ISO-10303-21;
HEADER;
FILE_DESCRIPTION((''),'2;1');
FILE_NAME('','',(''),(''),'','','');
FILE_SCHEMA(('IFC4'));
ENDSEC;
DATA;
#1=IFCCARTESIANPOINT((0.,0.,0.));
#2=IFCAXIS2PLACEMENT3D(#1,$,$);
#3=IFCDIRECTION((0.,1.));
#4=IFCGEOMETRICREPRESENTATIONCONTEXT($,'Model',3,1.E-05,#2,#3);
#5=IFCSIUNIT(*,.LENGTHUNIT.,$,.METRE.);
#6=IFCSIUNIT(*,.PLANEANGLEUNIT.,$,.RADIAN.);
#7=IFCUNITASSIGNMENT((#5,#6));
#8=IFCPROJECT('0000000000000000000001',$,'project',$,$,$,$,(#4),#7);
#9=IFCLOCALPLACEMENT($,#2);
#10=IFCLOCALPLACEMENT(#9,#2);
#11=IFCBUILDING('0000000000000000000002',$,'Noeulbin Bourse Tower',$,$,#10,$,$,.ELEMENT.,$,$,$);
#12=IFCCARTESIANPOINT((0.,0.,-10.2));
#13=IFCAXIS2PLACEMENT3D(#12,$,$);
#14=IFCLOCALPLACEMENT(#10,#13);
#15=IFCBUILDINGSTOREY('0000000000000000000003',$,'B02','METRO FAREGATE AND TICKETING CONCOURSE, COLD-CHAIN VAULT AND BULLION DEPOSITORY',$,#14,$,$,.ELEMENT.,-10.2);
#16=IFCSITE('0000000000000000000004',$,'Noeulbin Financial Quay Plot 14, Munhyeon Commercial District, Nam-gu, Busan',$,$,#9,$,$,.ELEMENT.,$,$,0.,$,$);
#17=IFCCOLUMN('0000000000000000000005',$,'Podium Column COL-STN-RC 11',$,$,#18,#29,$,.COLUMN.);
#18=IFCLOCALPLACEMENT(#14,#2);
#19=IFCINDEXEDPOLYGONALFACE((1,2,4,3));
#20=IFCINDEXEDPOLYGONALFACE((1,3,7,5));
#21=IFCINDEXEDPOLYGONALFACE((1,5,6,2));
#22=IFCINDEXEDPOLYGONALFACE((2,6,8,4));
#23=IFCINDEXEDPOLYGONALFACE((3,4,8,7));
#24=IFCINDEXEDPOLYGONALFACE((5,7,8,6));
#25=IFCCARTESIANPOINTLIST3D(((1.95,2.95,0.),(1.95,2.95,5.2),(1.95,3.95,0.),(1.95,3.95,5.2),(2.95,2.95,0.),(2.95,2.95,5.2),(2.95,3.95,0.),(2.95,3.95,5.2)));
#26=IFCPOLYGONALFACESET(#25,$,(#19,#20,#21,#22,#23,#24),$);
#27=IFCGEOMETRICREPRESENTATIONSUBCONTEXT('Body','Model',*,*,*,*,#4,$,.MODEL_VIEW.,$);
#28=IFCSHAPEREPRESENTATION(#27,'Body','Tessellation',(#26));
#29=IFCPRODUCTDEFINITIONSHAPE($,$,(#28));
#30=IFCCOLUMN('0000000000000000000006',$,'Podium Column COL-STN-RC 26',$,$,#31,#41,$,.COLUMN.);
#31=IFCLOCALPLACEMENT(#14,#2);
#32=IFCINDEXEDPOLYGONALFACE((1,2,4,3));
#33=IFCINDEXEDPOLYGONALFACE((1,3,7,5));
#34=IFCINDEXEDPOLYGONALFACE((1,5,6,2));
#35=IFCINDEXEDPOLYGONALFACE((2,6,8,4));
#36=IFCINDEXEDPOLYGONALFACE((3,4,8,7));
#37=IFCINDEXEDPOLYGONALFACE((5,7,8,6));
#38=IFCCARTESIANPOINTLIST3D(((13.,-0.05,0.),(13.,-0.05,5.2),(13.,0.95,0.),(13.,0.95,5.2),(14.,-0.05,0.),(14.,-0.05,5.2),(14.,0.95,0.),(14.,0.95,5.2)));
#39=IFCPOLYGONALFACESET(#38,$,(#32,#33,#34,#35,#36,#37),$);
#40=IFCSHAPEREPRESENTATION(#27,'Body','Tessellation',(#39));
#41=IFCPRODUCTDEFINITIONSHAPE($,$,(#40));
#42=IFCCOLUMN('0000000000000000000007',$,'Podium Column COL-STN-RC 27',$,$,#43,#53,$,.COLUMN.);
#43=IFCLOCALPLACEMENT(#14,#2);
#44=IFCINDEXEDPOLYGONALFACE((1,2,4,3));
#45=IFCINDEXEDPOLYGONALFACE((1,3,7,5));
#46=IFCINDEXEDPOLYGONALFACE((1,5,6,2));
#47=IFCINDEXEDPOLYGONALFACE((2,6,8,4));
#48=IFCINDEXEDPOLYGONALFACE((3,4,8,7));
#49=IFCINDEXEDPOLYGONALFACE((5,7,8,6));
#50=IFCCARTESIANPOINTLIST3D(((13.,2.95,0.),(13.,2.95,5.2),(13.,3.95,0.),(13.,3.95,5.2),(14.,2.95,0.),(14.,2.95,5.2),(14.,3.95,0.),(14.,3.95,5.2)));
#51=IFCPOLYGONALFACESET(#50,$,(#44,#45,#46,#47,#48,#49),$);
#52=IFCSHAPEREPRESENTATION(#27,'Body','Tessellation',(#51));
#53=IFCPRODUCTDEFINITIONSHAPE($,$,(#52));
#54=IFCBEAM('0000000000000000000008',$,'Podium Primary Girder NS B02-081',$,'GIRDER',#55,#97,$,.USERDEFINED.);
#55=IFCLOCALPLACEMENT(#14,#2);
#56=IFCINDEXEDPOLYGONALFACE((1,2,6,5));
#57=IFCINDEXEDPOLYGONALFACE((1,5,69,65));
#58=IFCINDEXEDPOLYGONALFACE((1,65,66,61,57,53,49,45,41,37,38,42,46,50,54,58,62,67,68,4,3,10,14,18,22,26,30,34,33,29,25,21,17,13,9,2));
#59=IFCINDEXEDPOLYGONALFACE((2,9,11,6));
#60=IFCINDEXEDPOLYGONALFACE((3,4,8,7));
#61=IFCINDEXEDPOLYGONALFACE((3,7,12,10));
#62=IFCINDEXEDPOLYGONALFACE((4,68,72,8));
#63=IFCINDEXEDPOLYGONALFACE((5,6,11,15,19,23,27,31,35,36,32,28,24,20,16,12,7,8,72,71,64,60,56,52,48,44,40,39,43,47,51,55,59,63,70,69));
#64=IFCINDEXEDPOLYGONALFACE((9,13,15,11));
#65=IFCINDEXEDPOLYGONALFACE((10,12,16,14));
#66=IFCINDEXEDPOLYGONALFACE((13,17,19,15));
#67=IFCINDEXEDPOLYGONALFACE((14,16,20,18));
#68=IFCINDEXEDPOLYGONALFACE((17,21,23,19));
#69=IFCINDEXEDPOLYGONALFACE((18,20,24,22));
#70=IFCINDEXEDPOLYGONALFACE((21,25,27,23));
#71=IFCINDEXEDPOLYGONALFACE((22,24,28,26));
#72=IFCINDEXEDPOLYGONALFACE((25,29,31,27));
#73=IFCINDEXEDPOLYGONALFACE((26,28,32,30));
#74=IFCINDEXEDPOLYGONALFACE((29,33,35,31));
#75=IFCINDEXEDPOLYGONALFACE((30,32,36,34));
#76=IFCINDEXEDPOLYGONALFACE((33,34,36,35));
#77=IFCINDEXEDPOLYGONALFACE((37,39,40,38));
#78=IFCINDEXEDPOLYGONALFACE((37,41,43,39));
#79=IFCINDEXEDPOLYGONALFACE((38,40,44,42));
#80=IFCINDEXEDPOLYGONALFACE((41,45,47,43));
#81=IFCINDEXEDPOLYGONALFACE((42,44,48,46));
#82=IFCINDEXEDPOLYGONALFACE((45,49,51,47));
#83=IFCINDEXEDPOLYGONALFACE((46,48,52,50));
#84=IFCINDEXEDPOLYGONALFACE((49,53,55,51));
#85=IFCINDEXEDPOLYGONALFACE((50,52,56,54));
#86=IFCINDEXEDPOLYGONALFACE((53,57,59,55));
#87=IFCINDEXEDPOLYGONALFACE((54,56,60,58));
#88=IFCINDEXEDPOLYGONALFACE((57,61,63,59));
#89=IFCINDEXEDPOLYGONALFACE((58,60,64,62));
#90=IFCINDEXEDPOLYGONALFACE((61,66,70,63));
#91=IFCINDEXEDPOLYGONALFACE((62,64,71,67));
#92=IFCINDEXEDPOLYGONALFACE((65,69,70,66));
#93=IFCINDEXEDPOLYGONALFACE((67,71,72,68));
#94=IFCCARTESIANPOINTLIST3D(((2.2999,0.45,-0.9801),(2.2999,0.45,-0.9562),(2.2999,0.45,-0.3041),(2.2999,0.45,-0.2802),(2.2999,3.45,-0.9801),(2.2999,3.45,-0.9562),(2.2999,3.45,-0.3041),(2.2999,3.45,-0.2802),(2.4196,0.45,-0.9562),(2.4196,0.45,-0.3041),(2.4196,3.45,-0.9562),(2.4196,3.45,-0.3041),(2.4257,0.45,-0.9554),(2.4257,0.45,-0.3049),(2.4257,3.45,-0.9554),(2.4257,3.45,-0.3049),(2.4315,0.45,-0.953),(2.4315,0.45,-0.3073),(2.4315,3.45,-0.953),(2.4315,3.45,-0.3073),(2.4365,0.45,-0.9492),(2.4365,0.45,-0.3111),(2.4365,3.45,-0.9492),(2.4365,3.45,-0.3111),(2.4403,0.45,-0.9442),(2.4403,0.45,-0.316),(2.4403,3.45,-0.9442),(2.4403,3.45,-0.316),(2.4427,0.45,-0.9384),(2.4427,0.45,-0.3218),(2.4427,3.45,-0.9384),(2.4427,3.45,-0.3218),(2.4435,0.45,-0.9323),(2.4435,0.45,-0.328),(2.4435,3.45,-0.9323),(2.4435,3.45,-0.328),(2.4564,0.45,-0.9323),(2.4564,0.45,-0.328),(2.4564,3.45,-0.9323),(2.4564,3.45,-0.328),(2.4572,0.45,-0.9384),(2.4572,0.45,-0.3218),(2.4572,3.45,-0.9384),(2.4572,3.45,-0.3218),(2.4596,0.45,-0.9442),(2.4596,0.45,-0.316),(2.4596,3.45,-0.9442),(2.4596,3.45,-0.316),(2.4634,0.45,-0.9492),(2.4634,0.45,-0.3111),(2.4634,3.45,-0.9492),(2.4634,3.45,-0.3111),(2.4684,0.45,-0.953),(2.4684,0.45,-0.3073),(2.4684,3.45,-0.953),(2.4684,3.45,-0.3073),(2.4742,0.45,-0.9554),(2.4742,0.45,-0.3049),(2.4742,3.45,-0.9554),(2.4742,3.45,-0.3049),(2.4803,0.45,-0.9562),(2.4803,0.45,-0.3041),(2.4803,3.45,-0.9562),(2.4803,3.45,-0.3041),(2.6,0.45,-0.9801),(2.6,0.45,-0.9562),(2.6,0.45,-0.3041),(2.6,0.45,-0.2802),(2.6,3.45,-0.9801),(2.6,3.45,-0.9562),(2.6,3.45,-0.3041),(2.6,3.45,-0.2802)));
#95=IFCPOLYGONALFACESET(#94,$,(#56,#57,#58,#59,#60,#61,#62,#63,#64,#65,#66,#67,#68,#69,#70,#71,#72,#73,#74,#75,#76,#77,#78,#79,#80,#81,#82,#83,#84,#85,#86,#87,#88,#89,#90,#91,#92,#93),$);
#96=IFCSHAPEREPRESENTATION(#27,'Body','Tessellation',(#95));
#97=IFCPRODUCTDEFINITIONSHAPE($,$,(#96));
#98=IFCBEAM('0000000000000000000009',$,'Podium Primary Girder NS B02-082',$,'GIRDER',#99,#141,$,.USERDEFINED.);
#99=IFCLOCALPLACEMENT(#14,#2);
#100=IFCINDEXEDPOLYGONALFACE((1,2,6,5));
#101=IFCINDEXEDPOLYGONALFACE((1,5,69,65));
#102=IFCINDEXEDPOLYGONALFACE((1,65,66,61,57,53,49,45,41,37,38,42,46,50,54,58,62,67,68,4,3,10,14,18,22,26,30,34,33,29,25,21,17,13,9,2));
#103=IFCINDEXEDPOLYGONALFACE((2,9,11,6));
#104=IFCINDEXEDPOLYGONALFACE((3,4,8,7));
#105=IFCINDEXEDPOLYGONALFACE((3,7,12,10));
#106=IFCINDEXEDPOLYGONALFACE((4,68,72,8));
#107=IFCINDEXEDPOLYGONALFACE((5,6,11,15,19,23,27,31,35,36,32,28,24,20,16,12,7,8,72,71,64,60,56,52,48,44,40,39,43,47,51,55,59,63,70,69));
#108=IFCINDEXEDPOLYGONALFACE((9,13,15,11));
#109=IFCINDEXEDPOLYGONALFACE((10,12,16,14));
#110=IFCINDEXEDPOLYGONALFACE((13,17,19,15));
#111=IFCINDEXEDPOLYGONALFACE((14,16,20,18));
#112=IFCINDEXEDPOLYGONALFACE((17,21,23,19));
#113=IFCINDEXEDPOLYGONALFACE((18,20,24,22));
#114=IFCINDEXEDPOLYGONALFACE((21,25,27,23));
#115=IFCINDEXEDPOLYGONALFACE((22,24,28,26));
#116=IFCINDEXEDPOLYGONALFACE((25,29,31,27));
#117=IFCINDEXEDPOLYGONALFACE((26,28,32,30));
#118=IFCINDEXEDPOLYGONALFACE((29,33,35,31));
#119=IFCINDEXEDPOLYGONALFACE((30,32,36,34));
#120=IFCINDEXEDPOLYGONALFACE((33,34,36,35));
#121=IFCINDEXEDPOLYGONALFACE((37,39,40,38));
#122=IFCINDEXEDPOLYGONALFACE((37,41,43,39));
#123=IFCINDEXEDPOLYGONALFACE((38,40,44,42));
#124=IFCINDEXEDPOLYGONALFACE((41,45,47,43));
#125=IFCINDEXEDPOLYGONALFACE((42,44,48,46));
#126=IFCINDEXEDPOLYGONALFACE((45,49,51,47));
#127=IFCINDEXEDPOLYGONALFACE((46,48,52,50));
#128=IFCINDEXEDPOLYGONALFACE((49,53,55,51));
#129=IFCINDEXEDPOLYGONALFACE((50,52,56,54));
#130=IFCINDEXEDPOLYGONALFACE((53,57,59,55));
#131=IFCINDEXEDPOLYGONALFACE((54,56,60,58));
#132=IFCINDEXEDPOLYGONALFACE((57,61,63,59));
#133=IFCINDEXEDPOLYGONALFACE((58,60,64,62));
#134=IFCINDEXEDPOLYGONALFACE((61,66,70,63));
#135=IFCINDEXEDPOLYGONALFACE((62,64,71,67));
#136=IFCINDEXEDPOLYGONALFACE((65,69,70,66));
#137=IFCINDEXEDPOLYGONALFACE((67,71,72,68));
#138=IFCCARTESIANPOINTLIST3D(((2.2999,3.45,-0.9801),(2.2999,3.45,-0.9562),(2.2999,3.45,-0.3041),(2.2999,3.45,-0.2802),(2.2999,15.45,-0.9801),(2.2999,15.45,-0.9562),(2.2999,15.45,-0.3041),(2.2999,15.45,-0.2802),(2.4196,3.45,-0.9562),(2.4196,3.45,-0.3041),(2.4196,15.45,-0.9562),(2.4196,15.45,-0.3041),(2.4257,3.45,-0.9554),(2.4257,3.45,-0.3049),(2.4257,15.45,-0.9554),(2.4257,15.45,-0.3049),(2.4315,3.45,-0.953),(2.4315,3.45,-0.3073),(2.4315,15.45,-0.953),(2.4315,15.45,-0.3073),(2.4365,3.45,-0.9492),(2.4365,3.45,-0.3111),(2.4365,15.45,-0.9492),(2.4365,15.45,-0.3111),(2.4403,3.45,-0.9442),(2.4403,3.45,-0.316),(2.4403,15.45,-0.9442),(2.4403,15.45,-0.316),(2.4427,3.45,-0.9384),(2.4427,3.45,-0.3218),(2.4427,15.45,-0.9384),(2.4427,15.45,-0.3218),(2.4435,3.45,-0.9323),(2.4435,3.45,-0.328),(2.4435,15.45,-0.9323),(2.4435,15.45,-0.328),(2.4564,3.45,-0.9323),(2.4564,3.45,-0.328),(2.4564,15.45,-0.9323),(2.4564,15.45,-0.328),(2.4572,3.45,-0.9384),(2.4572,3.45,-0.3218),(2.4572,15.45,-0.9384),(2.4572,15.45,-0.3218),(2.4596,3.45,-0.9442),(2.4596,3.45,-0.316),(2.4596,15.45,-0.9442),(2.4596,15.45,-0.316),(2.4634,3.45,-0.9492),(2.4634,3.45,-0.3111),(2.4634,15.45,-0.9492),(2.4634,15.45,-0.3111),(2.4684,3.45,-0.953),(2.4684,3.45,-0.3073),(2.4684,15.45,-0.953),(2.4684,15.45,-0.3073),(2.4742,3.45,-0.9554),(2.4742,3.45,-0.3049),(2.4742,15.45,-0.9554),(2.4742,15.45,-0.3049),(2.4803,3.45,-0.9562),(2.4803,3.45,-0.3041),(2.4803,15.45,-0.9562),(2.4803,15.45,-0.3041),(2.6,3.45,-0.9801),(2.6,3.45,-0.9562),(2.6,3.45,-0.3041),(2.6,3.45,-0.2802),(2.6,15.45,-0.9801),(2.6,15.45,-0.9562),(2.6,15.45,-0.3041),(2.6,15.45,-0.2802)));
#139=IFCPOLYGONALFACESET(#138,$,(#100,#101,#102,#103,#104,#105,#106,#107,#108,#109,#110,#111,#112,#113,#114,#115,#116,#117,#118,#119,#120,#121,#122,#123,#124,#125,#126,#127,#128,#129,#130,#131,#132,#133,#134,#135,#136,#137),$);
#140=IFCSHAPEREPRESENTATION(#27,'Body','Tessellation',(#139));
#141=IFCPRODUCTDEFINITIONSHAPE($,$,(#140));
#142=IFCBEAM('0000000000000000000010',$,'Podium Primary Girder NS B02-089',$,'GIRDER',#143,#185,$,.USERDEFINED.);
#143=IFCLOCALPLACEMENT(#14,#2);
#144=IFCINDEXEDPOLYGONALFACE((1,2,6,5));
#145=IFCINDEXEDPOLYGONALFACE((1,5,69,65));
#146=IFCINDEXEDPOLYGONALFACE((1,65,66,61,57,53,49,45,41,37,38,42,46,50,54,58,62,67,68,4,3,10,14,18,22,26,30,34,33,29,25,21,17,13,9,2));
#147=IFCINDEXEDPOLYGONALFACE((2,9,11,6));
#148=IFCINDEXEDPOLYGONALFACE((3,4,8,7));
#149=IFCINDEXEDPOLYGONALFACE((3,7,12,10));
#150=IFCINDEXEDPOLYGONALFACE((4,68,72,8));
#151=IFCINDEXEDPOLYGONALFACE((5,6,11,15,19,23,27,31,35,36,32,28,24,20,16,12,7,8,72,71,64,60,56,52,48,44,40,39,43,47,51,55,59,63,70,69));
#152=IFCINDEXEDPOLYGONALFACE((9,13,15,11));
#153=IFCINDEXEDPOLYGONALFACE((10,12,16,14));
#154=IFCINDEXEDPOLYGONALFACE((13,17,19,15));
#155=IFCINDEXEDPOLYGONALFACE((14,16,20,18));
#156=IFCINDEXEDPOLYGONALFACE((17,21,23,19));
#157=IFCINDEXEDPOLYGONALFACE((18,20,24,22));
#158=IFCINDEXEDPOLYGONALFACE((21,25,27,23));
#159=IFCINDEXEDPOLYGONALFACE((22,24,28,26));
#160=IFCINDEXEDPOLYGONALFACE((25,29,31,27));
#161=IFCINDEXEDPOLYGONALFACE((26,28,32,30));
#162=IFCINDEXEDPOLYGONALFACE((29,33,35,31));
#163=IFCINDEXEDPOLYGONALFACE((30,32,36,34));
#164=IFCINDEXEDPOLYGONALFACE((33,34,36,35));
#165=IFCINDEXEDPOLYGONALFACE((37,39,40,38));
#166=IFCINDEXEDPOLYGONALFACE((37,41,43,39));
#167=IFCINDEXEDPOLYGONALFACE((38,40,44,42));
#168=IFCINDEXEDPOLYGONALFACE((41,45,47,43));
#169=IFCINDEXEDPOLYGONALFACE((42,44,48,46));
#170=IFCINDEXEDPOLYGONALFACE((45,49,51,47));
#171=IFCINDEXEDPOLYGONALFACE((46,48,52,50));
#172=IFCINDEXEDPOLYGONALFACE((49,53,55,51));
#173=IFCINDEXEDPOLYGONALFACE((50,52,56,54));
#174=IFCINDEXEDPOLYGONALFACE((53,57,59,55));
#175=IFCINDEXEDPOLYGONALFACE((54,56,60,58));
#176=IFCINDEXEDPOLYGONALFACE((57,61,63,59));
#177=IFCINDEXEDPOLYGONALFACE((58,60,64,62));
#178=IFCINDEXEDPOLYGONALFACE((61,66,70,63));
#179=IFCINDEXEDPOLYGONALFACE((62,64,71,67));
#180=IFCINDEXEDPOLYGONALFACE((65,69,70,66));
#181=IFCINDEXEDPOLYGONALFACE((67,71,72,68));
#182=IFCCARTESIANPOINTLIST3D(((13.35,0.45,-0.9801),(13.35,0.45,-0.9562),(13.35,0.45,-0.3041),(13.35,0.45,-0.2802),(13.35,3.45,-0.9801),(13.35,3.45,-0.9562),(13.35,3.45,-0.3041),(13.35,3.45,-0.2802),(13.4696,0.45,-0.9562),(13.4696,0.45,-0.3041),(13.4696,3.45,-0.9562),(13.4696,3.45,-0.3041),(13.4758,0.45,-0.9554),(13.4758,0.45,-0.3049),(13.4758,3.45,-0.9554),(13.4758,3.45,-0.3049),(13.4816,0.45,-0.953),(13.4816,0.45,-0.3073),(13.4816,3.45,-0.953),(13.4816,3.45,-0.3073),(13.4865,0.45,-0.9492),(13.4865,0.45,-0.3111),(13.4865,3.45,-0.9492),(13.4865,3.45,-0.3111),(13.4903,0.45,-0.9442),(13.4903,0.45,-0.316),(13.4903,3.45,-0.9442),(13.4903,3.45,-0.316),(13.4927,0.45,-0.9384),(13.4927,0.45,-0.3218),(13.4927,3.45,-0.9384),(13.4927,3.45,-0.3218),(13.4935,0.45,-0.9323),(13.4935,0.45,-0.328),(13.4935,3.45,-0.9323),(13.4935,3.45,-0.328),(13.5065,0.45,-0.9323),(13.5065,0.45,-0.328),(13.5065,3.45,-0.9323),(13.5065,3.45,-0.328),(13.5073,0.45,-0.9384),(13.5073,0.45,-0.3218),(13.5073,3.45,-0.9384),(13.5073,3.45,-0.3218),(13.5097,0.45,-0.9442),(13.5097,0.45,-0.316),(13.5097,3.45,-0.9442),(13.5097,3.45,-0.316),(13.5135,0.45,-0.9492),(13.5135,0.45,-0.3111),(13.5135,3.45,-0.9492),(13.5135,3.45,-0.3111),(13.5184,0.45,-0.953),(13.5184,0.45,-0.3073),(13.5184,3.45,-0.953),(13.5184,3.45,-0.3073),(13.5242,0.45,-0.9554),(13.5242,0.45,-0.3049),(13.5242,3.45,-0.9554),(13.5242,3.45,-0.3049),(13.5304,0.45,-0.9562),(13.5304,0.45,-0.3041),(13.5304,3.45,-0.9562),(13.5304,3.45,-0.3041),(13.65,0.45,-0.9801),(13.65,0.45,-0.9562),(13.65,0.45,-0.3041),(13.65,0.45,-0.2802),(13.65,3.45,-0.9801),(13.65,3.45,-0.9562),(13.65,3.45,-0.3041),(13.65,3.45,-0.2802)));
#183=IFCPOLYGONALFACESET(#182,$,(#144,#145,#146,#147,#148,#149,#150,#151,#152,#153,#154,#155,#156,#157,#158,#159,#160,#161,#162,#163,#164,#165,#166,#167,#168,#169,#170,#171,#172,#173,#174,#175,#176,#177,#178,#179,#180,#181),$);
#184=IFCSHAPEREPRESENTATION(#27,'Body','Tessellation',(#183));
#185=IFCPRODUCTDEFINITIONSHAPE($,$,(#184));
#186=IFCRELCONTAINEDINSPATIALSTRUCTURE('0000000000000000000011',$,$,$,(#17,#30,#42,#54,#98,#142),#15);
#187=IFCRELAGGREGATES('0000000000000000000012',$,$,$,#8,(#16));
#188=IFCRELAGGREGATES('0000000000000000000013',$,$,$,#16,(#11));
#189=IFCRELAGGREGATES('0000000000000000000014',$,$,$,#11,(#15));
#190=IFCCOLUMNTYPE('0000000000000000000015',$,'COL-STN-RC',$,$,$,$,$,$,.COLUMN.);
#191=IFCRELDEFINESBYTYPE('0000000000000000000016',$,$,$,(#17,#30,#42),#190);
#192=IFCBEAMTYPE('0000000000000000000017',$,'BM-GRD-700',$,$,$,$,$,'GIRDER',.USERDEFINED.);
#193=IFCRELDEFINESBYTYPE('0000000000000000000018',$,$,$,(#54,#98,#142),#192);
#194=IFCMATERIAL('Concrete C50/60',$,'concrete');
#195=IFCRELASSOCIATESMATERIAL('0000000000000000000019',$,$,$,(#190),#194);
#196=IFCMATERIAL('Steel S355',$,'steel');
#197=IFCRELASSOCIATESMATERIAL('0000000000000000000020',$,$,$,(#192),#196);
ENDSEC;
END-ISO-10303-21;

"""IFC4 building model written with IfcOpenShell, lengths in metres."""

from ifc_helpers import new_model, si_unit, direction, frame, origin, origin_2d, place, context, subcontext, project, spatial, rectangle, i_section, extrude, material, material_profile, profile_set, type_object, element, save


model = new_model("IFC4")

# Units and contexts
model_context = context("Model", 3, precision=1e-05, world=origin(), true_north=direction((0.0, 1.0)))
body_context = subcontext(model_context, "Body", "Model", "MODEL_VIEW")
ifc_project = project(units=[si_unit("LENGTHUNIT", "METRE"), si_unit("PLANEANGLEUNIT", "RADIAN")], contexts=[model_context])

# Site, building, storey
site_placement = place(None, origin())
site = spatial("IfcSite", under=ifc_project, at=site_placement, Name="Noeulbin Financial Quay Plot 14, Munhyeon Commercial District, Nam-gu, Busan", CompositionType="ELEMENT", RefElevation=0.0)
building_placement = place(site_placement, origin())
building = spatial("IfcBuilding", under=site, at=building_placement, Name="Noeulbin Bourse Tower", CompositionType="ELEMENT")
storey_placement = place(building_placement, frame((0.0, 0.0, -10.2)))
storey = spatial("IfcBuildingStorey", under=building, at=storey_placement, Name="B02", Description="METRO FAREGATE AND TICKETING CONCOURSE, COLD-CHAIN VAULT AND BULLION DEPOSITORY", CompositionType="ELEMENT", Elevation=-10.2)

# Columns
ifc_material_1 = material(Name="Concrete C50/60", Category="concrete")
ifc_material_profile_1 = material_profile(ifc_material_1, rectangle(XDim=1.0, YDim=1.0, at=origin_2d()), Name="RC-COL-1000x1000", Category="LoadBearing")
ifc_profile_set_1 = profile_set([ifc_material_profile_1], Name="Concrete C50/60")
column_type = type_object("IfcColumnType", Name="COL-STN-RC", PredefinedType="COLUMN", material=ifc_profile_set_1)
for number, where, z_axis, x_axis, name in (
    (1, (2.45, 3.45, 0.0), (0.0, 0.0, 1.0), (1.0, 0.0, 0.0), "Podium Column COL-STN-RC 11"),
    (2, (13.5, 0.45, 0.0), (0.0, 0.0, 1.0), (1.0, 0.0, 0.0), "Podium Column COL-STN-RC 26"),
    (3, (13.5, 3.45, 0.0), (0.0, 0.0, 1.0), (1.0, 0.0, 0.0), "Podium Column COL-STN-RC 27"),
):
    element("IfcColumn", number, at=place(storey_placement, frame(where, z_axis=z_axis, x_axis=x_axis)), inside=storey, type_object=column_type, Name=name, PredefinedType="COLUMN", context=body_context, shape_type="SweptSolid", body=[
        extrude(rectangle(XDim=1.0, YDim=1.0, at=origin_2d()), origin(), (0.0, 0.0, 1.0), 5.2),
    ])

# Beams
ifc_material_2 = material(Name="Steel S355", Category="steel")
ifc_material_profile_2 = material_profile(ifc_material_2, i_section(OverallWidth=0.3, OverallDepth=0.7, WebThickness=0.0129, FlangeThickness=0.0239, FilletRadius=0.0239, at=origin_2d()), Name="H-700x300x13x24", Category="LoadBearing")
ifc_profile_set_2 = profile_set([ifc_material_profile_2], Name="Steel S355")
beam_type_1 = type_object("IfcBeamType", Name="BM-GRD-700", ElementType="GIRDER", PredefinedType="USERDEFINED", material=ifc_profile_set_2)
beam_1_placement = place(storey_placement, frame((2.45, 0.45, -0.6301), z_axis=(0.0, 1.0, 0.0), x_axis=(-1.0, 0.0, 0.0)))
element("IfcBeam", 4, at=beam_1_placement, inside=storey, type_object=beam_type_1, Name="Podium Primary Girder NS B02-081", ObjectType="GIRDER", PredefinedType="USERDEFINED", context=body_context, shape_type="SweptSolid", body=[
    extrude(i_section(OverallWidth=0.3, OverallDepth=0.7, WebThickness=0.0129, FlangeThickness=0.0239, FilletRadius=0.0239, at=origin_2d()), origin(), (0.0, 0.0, 1.0), 3.0),
])
beam_2_placement = place(storey_placement, frame((2.45, 3.45, -0.6301), z_axis=(0.0, 1.0, 0.0), x_axis=(-1.0, 0.0, 0.0)))
element("IfcBeam", 5, at=beam_2_placement, inside=storey, type_object=beam_type_1, Name="Podium Primary Girder NS B02-082", ObjectType="GIRDER", PredefinedType="USERDEFINED", context=body_context, shape_type="SweptSolid", body=[
    extrude(i_section(OverallWidth=0.3, OverallDepth=0.7, WebThickness=0.0129, FlangeThickness=0.0239, FilletRadius=0.0239, at=origin_2d()), origin(), (0.0, 0.0, 1.0), 12.0),
])
beam_3_placement = place(storey_placement, frame((13.5, 0.45, -0.6301), z_axis=(0.0, 1.0, 0.0), x_axis=(-1.0, 0.0, 0.0)))
element("IfcBeam", 6, at=beam_3_placement, inside=storey, type_object=beam_type_1, Name="Podium Primary Girder NS B02-089", ObjectType="GIRDER", PredefinedType="USERDEFINED", context=body_context, shape_type="SweptSolid", body=[
    extrude(i_section(OverallWidth=0.3, OverallDepth=0.7, WebThickness=0.0129, FlangeThickness=0.0239, FilletRadius=0.0239, at=origin_2d()), origin(), (0.0, 0.0, 1.0), 3.0),
])

save(model, "model.ifc")
